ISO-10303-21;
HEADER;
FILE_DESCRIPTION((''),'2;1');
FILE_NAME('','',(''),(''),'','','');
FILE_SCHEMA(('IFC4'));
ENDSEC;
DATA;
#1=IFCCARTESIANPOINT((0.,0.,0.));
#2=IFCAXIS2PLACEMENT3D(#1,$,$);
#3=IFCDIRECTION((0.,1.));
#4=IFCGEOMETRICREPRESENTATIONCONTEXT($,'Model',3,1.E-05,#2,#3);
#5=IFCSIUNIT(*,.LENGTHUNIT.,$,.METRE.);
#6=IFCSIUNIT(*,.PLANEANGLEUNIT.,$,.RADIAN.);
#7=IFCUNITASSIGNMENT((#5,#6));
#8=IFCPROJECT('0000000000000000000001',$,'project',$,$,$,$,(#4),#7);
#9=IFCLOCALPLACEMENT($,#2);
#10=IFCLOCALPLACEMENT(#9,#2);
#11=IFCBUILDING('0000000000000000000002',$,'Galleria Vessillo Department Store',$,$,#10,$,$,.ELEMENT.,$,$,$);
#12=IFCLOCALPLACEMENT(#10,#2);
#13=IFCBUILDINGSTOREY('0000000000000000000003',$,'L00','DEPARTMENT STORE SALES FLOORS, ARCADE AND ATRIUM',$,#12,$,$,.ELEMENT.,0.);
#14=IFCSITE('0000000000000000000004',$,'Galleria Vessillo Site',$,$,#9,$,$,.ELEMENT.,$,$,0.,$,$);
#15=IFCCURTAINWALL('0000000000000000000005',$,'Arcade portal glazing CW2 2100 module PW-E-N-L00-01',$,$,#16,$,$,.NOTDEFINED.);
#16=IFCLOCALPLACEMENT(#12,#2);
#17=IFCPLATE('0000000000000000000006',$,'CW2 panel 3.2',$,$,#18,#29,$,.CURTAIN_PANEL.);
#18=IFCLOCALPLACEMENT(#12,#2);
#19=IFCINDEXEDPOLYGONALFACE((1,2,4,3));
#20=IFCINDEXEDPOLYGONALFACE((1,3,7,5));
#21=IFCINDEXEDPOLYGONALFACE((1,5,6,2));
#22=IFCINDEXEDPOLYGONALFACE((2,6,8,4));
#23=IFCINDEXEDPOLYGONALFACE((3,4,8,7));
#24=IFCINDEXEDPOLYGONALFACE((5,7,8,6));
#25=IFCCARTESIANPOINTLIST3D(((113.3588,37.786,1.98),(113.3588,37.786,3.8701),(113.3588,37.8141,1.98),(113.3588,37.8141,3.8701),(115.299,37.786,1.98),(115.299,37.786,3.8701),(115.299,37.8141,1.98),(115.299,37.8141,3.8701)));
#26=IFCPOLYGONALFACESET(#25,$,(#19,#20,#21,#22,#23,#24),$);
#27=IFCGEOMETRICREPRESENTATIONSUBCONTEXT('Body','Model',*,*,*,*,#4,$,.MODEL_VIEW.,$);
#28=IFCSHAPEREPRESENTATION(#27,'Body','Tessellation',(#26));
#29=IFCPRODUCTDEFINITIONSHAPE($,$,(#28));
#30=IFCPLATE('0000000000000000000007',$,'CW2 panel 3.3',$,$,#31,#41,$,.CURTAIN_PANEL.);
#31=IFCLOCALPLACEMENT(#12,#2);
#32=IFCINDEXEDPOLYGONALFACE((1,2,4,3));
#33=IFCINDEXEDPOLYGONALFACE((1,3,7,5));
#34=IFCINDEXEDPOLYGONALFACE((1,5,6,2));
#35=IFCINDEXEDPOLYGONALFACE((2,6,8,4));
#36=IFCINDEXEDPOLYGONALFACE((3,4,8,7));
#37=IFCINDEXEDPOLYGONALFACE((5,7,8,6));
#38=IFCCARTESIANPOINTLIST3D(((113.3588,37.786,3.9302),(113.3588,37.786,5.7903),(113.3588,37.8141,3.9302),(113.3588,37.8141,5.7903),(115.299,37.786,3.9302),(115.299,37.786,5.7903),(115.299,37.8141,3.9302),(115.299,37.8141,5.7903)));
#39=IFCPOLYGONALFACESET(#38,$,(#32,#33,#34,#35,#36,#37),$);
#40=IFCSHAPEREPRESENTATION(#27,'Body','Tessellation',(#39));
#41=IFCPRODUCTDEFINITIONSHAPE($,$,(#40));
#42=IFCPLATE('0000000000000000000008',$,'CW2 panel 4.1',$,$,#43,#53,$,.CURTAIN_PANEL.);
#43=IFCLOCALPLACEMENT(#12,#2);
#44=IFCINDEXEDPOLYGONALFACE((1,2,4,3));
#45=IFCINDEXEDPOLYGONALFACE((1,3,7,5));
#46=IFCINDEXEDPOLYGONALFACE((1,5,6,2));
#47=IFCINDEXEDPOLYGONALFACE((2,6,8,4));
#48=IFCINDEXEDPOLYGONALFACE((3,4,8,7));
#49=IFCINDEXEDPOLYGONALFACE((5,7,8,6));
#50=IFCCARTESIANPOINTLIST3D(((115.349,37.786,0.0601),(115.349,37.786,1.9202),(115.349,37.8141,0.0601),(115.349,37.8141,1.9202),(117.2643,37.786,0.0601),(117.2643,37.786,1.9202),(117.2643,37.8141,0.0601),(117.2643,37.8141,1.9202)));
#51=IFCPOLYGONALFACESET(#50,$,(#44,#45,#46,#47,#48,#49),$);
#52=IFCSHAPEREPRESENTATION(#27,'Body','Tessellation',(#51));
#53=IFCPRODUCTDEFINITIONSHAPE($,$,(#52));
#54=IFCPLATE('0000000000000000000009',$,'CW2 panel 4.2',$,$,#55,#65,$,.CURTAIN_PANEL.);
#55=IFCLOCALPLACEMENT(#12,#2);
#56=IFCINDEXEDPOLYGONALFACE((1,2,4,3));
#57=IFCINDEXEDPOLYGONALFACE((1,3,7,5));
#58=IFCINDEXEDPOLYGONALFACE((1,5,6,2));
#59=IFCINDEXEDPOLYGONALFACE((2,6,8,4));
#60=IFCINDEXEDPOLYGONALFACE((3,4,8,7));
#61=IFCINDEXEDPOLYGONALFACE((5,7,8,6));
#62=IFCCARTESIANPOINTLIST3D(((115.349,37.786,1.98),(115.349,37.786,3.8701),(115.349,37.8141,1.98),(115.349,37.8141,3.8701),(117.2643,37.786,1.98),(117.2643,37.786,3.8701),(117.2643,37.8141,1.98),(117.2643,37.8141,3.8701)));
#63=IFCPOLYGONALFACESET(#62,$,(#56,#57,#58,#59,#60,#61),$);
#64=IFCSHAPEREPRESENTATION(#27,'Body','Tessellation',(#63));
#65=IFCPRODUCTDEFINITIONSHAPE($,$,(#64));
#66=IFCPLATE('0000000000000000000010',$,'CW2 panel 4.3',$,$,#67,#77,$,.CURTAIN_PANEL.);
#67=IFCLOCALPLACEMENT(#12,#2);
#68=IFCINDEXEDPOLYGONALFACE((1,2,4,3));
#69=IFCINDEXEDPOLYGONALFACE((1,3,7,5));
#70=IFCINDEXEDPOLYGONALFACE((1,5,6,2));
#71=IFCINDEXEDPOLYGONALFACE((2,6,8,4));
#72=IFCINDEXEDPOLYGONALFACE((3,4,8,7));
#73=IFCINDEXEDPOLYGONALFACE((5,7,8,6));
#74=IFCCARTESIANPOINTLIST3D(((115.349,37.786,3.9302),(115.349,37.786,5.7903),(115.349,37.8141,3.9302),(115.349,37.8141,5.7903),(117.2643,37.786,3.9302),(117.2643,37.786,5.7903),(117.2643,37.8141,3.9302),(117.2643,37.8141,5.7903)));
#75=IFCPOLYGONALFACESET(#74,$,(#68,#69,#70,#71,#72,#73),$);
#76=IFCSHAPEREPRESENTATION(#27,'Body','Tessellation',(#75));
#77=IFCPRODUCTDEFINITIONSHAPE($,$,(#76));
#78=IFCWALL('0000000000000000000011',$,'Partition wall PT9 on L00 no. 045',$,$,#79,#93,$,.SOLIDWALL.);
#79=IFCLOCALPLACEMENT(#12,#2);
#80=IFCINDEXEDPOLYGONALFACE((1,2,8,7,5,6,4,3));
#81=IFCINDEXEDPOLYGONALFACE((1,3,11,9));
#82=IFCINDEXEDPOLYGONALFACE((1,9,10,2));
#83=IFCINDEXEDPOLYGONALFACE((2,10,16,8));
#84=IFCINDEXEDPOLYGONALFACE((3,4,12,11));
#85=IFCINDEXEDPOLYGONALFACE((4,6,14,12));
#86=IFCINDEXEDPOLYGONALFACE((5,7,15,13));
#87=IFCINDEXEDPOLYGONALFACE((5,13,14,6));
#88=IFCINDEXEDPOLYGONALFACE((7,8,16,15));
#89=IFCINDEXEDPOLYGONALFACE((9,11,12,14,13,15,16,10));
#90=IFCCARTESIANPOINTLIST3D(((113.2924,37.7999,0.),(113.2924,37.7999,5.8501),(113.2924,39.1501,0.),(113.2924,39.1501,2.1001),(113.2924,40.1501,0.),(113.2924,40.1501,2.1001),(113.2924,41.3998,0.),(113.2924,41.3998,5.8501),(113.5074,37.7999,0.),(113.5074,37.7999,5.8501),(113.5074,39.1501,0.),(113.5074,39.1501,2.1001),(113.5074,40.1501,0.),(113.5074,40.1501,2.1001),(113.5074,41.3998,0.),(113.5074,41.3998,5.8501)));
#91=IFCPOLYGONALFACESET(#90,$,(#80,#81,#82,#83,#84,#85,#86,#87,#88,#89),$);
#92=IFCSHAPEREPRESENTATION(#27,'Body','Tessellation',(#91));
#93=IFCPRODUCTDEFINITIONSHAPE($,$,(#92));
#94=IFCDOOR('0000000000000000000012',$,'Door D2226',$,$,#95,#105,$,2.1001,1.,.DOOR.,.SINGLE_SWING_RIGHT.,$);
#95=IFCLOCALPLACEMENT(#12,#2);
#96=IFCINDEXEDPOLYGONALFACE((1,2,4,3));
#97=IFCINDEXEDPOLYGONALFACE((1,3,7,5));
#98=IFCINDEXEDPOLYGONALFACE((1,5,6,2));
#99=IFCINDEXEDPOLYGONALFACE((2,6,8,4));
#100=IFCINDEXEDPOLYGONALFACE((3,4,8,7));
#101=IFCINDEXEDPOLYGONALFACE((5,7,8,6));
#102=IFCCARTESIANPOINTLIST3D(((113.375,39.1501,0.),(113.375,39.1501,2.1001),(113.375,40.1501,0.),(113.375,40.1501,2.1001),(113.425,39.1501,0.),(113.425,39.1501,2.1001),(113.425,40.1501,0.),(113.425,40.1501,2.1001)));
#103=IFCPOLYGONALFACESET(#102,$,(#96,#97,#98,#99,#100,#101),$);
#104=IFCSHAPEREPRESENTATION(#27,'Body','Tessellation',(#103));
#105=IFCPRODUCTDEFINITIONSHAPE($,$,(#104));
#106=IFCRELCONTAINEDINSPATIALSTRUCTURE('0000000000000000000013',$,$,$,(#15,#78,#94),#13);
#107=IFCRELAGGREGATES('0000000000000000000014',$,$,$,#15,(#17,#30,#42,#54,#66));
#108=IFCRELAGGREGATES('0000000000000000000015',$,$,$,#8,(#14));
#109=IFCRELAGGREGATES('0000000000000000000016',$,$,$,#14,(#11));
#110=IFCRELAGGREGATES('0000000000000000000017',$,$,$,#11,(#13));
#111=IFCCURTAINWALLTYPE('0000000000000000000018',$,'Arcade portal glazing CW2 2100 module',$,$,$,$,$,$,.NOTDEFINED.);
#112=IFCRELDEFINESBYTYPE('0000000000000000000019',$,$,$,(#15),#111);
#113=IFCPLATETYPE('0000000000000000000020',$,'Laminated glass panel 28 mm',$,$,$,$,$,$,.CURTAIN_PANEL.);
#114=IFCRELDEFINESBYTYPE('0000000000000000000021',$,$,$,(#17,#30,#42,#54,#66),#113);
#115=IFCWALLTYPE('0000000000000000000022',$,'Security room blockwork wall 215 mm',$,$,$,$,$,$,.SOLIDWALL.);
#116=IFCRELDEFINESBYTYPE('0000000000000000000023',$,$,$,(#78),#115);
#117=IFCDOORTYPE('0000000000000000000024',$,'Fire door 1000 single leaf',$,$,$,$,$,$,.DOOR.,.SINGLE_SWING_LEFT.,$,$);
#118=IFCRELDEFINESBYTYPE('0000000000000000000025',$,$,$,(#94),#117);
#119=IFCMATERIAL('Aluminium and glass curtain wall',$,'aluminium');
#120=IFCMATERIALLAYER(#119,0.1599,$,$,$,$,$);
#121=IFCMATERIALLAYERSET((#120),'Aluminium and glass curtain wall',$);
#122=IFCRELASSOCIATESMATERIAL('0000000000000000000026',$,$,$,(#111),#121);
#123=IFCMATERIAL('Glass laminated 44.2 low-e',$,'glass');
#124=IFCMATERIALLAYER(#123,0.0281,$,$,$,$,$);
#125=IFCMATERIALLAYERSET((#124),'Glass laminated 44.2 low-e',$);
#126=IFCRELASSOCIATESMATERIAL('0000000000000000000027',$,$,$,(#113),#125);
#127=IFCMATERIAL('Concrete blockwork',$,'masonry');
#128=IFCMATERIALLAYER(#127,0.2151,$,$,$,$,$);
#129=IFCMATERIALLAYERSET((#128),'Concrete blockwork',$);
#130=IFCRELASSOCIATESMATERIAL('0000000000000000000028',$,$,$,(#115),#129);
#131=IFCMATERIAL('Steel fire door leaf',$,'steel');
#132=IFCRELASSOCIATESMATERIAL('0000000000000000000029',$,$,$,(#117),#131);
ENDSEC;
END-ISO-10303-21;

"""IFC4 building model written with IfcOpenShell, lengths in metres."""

from ifc_helpers import new_model, si_unit, direction, frame, frame_2d, origin, origin_2d, place, context, subcontext, project, spatial, rectangle, extrude, material, layer, layer_set, type_object, element, fill, aggregate, save


model = new_model("IFC4")

# Units and contexts
model_context = context("Model", 3, precision=1e-05, world=origin(), true_north=direction((0.0, 1.0)))
body_context = subcontext(model_context, "Body", "Model", "MODEL_VIEW")
ifc_project = project(units=[si_unit("LENGTHUNIT", "METRE"), si_unit("PLANEANGLEUNIT", "RADIAN")], contexts=[model_context])

# Site, building, storey
site_placement = place(None, origin())
site = spatial("IfcSite", under=ifc_project, at=site_placement, Name="Galleria Vessillo Site", CompositionType="ELEMENT", RefElevation=0.0)
building_placement = place(site_placement, origin())
building = spatial("IfcBuilding", under=site, at=building_placement, Name="Galleria Vessillo Department Store", CompositionType="ELEMENT")
storey_placement = place(building_placement, origin())
storey = spatial("IfcBuildingStorey", under=building, at=storey_placement, Name="L00", Description="DEPARTMENT STORE SALES FLOORS, ARCADE AND ATRIUM", CompositionType="ELEMENT", Elevation=0.0)

# Curtain wall, plates
ifc_material_1 = material(Name="Aluminium and glass curtain wall", Category="aluminium")
ifc_layer_1 = layer(ifc_material_1, 0.1599)
ifc_layer_set_1 = layer_set([ifc_layer_1], Name="Aluminium and glass curtain wall")
curtain_wall_type = type_object("IfcCurtainWallType", Name="Arcade portal glazing CW2 2100 module", PredefinedType="NOTDEFINED", material=ifc_layer_set_1)
curtain_wall_placement = place(storey_placement, origin())
curtain_wall = element("IfcCurtainWall", 1, at=curtain_wall_placement, inside=storey, type_object=curtain_wall_type, Name="Arcade portal glazing CW2 2100 module PW-E-N-L00-01", PredefinedType="NOTDEFINED")
ifc_material_2 = material(Name="Glass laminated 44.2 low-e", Category="glass")
ifc_layer_2 = layer(ifc_material_2, 0.0281)
ifc_layer_set_2 = layer_set([ifc_layer_2], Name="Glass laminated 44.2 low-e")
plate_type = type_object("IfcPlateType", Name="Laminated glass panel 28 mm", PredefinedType="CURTAIN_PANEL", material=ifc_layer_set_2)
plate_1_placement = place(storey_placement, frame((114.3289, 37.8, 1.98), z_axis=(0.0, 0.0, 1.0), x_axis=(1.0, 0.0, 0.0)))
plate_1 = element("IfcPlate", 2, at=plate_1_placement, type_object=plate_type, Name="CW2 panel 3.2", PredefinedType="CURTAIN_PANEL", context=body_context, shape_type="SweptSolid", body=[
    extrude(rectangle(XDim=1.9402, YDim=0.0281, at=origin_2d()), origin(), (0.0, 0.0, 1.0), 1.8901),
])
plate_2_placement = place(storey_placement, frame((114.3289, 37.8, 3.9302), z_axis=(0.0, 0.0, 1.0), x_axis=(1.0, 0.0, 0.0)))
plate_2 = element("IfcPlate", 3, at=plate_2_placement, type_object=plate_type, Name="CW2 panel 3.3", PredefinedType="CURTAIN_PANEL", context=body_context, shape_type="SweptSolid", body=[
    extrude(rectangle(XDim=1.9402, YDim=0.0281, at=origin_2d()), origin(), (0.0, 0.0, 1.0), 1.8601),
])
plate_3_placement = place(storey_placement, frame((116.3066, 37.8, 0.0601), z_axis=(0.0, 0.0, 1.0), x_axis=(1.0, 0.0, 0.0)))
plate_3 = element("IfcPlate", 4, at=plate_3_placement, type_object=plate_type, Name="CW2 panel 4.1", PredefinedType="CURTAIN_PANEL", context=body_context, shape_type="SweptSolid", body=[
    extrude(rectangle(XDim=1.9153, YDim=0.0281, at=origin_2d()), origin(), (0.0, 0.0, 1.0), 1.8601),
])
plate_4_placement = place(storey_placement, frame((116.3066, 37.8, 1.98), z_axis=(0.0, 0.0, 1.0), x_axis=(1.0, 0.0, 0.0)))
plate_4 = element("IfcPlate", 5, at=plate_4_placement, type_object=plate_type, Name="CW2 panel 4.2", PredefinedType="CURTAIN_PANEL", context=body_context, shape_type="SweptSolid", body=[
    extrude(rectangle(XDim=1.9153, YDim=0.0281, at=origin_2d()), origin(), (0.0, 0.0, 1.0), 1.8901),
])
plate_5_placement = place(storey_placement, frame((116.3066, 37.8, 3.9302), z_axis=(0.0, 0.0, 1.0), x_axis=(1.0, 0.0, 0.0)))
plate_5 = element("IfcPlate", 6, at=plate_5_placement, type_object=plate_type, Name="CW2 panel 4.3", PredefinedType="CURTAIN_PANEL", context=body_context, shape_type="SweptSolid", body=[
    extrude(rectangle(XDim=1.9153, YDim=0.0281, at=origin_2d()), origin(), (0.0, 0.0, 1.0), 1.8601),
])
aggregate(curtain_wall, [plate_1, plate_2, plate_3, plate_4, plate_5])

# Wall, opening, door
ifc_material_3 = material(Name="Concrete blockwork", Category="masonry")
ifc_layer_3 = layer(ifc_material_3, 0.2151)
ifc_layer_set_3 = layer_set([ifc_layer_3], Name="Concrete blockwork")
wall_type = type_object("IfcWallType", Name="Security room blockwork wall 215 mm", PredefinedType="SOLIDWALL", material=ifc_layer_set_3)
wall_placement = place(storey_placement, frame((113.3999, 37.8, 0.0), z_axis=(0.0, 0.0, 1.0), x_axis=(0.0, 1.0, 0.0)))
wall = element("IfcWall", 7, at=wall_placement, inside=storey, type_object=wall_type, Name="Partition wall PT9 on L00 no. 045", PredefinedType="SOLIDWALL", context=body_context, shape_type="SweptSolid", body=[
    extrude(rectangle(XDim=3.5999, YDim=0.2151, at=frame_2d((1.7998, 0.0))), origin(), (0.0, 0.0, 1.0), 5.8501),
])
opening_placement = place(wall_placement, frame((1.3501, 0.0, 0.0)))
opening = element("IfcOpeningElement", 8, at=opening_placement, cuts=wall, PredefinedType="OPENING", context=body_context, shape_type="SweptSolid", body=[
    extrude(rectangle(XDim=1.0, YDim=2.1001, at=frame_2d((0.5, 1.05))), frame((0.0, 0.1177, 0.0), z_axis=(0.0, -1.0, 0.0), x_axis=(1.0, 0.0, 0.0)), (0.0, 0.0, 1.0), 0.2351),
])
ifc_material_4 = material(Name="Steel fire door leaf", Category="steel")
door_type = type_object("IfcDoorType", Name="Fire door 1000 single leaf", OperationType="SINGLE_SWING_LEFT", PredefinedType="DOOR", material=ifc_material_4)
door_placement = place(opening_placement, origin())
door = element("IfcDoor", 9, at=door_placement, inside=storey, type_object=door_type, Name="Door D2226", OperationType="SINGLE_SWING_RIGHT", OverallHeight=2.1001, OverallWidth=1.0, PredefinedType="DOOR", context=body_context, shape_type="SweptSolid", body=[
    extrude(rectangle(XDim=1.0, YDim=2.1001, at=frame_2d((0.5, 1.05))), frame((0.0, 0.0249, 0.0), z_axis=(0.0, -1.0, 0.0), x_axis=(1.0, 0.0, 0.0)), (0.0, 0.0, 1.0), 0.05),
])
fill(opening, door)

save(model, "model.ifc")
